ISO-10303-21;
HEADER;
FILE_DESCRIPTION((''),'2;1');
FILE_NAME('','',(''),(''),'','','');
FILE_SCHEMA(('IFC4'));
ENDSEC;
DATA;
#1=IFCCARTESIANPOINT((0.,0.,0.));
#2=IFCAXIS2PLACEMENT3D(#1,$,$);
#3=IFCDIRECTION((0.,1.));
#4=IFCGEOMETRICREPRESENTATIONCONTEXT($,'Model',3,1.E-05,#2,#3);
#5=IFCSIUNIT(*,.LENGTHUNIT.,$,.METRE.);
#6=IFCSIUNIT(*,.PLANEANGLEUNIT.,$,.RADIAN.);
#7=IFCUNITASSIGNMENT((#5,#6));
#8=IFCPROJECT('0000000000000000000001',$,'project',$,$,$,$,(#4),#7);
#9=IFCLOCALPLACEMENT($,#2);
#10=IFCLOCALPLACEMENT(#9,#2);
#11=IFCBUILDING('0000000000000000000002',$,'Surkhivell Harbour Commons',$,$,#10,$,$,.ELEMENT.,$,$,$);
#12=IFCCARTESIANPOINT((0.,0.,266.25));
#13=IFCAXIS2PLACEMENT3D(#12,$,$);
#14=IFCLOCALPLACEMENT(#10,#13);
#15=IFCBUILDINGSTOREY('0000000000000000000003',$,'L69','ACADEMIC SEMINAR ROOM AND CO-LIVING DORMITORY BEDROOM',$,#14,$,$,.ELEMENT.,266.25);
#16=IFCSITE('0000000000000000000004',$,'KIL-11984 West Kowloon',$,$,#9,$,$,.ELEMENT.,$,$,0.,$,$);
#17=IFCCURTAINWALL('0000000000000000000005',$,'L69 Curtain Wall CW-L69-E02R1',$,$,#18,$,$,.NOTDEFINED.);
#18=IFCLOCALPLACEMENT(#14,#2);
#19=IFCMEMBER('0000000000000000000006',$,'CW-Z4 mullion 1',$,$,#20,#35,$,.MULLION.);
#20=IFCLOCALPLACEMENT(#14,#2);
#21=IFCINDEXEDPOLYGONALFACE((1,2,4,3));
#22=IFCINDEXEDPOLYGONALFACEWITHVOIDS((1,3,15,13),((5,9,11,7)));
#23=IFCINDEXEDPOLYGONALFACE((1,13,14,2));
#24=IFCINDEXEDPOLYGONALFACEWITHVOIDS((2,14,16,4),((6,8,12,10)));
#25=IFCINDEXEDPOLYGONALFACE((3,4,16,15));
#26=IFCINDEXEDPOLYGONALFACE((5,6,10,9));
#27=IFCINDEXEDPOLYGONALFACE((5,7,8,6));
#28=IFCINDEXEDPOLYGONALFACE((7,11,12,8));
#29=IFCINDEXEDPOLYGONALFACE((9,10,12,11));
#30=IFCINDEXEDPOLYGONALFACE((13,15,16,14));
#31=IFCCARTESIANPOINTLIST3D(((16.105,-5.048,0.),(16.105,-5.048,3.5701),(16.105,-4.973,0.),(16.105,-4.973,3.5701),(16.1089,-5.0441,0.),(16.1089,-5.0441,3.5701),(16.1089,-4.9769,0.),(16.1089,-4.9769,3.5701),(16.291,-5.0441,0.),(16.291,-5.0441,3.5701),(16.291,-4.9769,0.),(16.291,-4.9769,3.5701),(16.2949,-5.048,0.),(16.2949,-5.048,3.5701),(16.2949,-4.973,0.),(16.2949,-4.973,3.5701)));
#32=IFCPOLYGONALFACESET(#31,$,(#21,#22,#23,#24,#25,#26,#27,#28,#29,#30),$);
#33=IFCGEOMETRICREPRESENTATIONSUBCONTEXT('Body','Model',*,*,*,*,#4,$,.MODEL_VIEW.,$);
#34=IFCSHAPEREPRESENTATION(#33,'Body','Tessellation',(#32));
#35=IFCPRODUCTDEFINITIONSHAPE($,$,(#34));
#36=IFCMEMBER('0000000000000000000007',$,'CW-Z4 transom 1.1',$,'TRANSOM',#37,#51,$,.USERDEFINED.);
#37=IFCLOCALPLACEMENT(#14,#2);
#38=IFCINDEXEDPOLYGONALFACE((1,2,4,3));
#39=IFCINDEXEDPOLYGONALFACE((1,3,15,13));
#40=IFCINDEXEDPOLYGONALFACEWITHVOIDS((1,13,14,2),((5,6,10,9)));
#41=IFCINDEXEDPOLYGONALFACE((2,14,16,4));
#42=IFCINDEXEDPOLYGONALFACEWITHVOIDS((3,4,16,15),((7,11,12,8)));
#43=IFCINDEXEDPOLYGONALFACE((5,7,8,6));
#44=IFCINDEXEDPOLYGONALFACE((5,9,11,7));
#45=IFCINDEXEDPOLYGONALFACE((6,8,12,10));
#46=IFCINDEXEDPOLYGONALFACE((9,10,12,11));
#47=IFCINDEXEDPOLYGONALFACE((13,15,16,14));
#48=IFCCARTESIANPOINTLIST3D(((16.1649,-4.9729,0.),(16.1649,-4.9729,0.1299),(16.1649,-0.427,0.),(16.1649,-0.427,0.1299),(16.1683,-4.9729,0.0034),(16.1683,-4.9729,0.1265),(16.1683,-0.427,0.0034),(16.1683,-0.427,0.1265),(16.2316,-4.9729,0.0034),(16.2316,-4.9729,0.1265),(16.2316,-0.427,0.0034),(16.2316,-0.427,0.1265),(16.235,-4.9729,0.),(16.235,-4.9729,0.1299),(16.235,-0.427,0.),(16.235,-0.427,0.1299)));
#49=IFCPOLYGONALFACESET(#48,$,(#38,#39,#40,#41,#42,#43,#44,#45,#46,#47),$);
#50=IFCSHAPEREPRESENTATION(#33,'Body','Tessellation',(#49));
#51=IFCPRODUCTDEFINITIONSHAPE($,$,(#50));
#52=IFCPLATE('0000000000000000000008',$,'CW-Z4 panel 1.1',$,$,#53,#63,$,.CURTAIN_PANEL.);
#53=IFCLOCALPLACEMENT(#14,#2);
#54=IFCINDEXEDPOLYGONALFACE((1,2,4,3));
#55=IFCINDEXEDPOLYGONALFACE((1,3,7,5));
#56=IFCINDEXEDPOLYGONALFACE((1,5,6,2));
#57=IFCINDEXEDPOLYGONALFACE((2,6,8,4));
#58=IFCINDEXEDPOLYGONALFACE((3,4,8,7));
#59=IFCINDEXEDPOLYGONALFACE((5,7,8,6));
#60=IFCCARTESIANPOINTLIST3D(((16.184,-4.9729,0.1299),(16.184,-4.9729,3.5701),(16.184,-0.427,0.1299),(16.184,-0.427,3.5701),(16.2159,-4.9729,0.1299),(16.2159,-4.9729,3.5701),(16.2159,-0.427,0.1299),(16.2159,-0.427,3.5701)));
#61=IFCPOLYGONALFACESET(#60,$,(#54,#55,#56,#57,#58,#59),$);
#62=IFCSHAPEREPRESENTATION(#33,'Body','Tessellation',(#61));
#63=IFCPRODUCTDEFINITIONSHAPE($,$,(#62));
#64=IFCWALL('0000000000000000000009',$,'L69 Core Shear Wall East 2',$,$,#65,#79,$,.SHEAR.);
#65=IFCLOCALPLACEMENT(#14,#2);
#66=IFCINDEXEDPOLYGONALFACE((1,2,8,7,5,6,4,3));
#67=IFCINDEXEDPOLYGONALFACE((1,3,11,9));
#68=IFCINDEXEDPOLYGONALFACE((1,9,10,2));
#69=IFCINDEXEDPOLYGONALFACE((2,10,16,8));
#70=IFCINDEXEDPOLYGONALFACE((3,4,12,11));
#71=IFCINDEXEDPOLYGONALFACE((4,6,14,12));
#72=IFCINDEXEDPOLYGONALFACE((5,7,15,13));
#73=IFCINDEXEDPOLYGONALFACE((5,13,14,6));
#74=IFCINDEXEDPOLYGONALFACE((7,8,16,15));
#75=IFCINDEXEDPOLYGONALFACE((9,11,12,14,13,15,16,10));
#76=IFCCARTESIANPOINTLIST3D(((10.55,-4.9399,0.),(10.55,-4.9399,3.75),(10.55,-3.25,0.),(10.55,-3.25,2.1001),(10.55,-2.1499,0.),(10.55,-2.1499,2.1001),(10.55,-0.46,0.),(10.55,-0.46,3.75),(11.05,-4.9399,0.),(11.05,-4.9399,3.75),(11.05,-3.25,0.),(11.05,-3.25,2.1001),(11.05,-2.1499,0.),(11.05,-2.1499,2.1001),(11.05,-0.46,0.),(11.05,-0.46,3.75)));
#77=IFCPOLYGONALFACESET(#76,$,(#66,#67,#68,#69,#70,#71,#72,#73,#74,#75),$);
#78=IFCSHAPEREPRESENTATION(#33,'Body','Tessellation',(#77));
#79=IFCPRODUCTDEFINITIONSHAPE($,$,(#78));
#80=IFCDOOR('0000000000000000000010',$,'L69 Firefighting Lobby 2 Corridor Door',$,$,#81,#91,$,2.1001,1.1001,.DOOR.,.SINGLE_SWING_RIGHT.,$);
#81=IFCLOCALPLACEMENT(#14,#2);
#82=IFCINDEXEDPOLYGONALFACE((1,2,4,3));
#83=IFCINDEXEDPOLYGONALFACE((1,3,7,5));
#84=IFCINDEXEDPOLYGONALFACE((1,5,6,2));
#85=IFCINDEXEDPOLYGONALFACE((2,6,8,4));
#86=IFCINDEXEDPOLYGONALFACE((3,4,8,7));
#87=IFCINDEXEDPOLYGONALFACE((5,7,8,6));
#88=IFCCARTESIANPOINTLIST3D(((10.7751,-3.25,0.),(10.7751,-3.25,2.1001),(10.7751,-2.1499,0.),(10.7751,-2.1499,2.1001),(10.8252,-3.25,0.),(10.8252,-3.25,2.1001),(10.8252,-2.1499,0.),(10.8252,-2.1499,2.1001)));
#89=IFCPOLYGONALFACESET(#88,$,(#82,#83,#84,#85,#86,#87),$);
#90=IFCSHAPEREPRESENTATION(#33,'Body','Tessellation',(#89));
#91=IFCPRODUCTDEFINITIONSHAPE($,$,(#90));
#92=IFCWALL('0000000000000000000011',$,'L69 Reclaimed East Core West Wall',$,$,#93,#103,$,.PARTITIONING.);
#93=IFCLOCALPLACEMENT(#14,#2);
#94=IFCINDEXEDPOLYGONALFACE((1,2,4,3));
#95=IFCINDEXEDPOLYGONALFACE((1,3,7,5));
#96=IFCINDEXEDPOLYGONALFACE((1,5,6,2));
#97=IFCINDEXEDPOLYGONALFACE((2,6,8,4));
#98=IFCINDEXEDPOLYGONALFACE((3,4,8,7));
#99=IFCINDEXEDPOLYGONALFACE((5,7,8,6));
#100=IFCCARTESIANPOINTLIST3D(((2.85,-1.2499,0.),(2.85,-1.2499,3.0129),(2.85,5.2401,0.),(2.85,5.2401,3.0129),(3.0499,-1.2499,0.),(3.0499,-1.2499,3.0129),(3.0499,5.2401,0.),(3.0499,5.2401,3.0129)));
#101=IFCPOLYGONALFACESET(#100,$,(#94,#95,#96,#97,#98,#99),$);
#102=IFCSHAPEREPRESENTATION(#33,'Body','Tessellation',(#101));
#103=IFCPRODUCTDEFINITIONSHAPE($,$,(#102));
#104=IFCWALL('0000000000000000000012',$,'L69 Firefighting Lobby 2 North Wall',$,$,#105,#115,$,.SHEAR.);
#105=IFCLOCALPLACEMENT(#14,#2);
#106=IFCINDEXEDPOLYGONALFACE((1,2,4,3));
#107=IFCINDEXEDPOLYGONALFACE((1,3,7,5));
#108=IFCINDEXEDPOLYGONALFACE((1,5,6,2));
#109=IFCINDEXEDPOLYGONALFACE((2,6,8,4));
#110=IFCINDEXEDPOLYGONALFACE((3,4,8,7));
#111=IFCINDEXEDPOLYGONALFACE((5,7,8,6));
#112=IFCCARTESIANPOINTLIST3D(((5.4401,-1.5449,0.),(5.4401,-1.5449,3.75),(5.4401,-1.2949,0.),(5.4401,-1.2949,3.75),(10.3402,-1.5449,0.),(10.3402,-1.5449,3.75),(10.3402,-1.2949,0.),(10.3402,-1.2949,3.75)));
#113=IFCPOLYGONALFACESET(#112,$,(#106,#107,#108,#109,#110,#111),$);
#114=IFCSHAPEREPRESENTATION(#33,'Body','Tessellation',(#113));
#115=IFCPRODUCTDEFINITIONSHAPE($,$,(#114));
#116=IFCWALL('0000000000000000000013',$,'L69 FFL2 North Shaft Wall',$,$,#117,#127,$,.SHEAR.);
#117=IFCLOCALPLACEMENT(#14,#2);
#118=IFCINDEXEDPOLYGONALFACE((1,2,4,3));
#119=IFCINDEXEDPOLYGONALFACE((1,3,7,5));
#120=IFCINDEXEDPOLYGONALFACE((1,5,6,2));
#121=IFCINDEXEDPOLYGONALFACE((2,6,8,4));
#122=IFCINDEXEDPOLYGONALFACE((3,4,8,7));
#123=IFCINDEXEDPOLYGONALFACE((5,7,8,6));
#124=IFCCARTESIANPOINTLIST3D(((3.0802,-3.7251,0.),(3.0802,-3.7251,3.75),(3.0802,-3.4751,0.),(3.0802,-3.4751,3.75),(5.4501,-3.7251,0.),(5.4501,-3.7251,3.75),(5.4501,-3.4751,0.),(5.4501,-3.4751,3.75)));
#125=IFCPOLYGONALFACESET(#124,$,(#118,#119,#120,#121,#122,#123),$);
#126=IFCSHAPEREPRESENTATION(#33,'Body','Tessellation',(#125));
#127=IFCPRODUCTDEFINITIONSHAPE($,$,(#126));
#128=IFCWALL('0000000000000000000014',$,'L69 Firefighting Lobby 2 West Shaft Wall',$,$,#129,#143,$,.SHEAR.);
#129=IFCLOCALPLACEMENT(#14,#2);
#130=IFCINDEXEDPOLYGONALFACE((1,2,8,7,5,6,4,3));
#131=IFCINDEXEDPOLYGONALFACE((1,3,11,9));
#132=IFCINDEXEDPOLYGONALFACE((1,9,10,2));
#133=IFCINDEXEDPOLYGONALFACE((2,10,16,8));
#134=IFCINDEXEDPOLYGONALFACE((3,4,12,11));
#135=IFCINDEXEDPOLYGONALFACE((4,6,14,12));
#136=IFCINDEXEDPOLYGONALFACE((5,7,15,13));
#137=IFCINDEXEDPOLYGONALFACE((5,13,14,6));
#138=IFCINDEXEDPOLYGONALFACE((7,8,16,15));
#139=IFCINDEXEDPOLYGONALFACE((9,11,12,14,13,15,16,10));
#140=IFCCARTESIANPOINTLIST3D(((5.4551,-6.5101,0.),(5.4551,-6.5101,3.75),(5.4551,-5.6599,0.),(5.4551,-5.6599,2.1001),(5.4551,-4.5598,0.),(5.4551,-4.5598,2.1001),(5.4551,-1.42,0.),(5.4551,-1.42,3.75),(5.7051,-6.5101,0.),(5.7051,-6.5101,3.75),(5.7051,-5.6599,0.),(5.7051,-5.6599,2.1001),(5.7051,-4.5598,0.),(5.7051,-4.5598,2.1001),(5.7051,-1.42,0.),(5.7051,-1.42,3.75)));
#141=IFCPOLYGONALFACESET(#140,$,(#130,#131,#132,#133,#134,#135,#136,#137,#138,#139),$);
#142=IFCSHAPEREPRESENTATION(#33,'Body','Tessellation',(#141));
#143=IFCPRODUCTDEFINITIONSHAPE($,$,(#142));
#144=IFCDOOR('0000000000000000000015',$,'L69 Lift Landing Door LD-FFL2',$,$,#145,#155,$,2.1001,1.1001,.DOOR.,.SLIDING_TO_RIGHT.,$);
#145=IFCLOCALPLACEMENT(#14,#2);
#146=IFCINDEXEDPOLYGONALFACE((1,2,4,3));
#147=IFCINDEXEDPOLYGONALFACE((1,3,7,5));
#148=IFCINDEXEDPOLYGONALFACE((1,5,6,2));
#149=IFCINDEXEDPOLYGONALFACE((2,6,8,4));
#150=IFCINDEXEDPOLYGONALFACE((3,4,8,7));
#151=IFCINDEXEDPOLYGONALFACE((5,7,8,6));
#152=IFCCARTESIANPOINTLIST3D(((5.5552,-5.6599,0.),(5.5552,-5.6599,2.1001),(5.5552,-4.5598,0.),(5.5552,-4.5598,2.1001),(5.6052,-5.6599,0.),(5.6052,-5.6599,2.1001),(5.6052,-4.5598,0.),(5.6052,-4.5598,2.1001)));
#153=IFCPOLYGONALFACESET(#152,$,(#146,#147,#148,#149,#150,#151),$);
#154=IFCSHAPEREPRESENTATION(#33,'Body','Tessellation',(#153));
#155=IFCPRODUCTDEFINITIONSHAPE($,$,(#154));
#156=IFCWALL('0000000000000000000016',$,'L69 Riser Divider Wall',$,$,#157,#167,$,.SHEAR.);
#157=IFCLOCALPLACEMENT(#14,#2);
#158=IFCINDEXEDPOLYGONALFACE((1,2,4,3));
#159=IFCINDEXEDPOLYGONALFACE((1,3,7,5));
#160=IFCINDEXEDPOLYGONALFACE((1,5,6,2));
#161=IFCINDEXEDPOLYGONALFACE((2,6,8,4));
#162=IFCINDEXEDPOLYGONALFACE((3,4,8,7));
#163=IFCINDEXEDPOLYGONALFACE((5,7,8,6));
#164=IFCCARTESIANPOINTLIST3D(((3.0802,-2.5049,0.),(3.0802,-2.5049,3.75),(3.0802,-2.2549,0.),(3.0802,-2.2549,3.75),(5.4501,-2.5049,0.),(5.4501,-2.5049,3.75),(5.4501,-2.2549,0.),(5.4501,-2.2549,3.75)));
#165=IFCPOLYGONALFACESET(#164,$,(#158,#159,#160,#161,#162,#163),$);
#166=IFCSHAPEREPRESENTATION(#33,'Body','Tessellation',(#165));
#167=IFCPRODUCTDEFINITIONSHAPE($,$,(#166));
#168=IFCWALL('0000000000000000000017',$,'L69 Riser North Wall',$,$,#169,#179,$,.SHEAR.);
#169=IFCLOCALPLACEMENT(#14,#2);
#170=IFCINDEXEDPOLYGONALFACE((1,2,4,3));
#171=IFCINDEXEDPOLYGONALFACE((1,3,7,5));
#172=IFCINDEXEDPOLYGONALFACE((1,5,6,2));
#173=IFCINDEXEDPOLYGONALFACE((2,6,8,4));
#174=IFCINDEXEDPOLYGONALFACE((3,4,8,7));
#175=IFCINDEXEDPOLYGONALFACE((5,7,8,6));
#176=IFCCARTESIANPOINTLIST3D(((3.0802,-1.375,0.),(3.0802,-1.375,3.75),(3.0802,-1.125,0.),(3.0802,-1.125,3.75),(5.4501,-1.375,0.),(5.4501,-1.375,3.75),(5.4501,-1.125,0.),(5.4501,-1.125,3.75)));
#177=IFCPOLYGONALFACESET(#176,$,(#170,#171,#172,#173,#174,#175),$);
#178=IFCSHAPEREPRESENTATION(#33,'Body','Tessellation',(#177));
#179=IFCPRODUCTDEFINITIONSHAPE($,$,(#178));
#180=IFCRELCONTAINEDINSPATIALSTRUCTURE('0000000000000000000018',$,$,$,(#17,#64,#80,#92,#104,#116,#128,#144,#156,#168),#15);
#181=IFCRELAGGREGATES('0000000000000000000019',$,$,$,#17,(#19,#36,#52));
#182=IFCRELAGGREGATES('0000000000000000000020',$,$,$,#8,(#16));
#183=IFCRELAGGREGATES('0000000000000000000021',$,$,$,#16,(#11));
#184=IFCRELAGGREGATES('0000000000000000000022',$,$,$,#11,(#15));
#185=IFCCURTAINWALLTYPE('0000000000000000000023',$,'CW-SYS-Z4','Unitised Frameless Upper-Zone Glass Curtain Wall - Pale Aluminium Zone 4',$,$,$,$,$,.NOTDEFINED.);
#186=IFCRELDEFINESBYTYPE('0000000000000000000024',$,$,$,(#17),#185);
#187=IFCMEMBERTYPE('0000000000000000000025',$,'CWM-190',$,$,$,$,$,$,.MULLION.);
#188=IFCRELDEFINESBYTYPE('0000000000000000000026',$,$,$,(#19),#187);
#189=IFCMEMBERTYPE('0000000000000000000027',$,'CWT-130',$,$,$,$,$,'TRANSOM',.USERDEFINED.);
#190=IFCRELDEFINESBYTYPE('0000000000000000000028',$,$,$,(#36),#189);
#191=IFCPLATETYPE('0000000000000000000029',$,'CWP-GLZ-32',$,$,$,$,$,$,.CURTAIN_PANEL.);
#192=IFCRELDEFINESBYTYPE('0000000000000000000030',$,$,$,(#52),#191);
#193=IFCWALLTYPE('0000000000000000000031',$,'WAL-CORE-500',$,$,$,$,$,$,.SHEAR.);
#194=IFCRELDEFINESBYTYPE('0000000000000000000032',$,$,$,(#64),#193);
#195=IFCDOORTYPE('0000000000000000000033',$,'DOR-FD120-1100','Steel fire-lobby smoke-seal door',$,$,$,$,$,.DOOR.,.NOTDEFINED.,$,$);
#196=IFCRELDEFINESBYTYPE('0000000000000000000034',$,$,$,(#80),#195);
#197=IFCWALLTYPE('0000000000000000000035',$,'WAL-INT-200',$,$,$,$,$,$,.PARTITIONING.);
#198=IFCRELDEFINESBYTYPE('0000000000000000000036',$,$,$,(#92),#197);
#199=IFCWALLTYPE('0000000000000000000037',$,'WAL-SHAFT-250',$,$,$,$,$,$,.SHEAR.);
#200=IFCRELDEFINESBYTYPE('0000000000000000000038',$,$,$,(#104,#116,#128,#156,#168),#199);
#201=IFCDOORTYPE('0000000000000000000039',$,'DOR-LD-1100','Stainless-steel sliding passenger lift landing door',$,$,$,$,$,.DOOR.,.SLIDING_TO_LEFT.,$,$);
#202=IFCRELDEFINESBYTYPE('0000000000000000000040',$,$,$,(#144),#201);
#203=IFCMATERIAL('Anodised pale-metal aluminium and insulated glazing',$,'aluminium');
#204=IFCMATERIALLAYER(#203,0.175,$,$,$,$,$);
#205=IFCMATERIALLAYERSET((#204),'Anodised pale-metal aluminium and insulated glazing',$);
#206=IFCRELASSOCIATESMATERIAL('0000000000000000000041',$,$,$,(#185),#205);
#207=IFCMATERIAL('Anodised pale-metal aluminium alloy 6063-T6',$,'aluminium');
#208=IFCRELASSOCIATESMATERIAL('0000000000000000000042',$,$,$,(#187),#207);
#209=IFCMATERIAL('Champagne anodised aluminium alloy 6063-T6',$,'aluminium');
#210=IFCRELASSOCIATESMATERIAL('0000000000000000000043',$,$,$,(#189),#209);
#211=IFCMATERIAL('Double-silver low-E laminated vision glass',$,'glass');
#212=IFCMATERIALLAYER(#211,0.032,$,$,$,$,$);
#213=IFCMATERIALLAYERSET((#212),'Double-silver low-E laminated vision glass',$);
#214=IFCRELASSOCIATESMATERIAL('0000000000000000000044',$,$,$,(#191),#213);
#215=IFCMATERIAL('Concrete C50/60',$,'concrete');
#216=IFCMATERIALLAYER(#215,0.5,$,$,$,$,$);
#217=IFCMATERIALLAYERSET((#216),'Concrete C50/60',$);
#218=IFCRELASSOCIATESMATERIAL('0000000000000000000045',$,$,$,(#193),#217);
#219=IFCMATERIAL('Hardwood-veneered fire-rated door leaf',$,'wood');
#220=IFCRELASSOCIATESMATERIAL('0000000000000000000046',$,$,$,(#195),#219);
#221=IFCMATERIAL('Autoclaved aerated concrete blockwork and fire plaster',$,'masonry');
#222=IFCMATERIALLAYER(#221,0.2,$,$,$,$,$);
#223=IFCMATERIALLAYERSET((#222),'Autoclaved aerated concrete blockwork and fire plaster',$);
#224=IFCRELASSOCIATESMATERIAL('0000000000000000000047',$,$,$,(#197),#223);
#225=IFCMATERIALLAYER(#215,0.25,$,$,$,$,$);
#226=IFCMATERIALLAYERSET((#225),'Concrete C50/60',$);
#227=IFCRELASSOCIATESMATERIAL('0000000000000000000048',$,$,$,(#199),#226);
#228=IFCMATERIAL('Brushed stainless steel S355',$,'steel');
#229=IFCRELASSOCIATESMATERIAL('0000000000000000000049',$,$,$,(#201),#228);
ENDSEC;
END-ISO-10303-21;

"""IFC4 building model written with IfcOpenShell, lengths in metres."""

from ifc_helpers import new_model, si_unit, direction, frame, frame_2d, origin, origin_2d, place, context, subcontext, project, spatial, rectangle, hollow_rectangle, extrude, material, layer, layer_set, material_profile, profile_set, type_object, element, fill, aggregate, save


model = new_model("IFC4")

# Units and contexts
model_context = context("Model", 3, precision=1e-05, world=origin(), true_north=direction((0.0, 1.0)))
body_context = subcontext(model_context, "Body", "Model", "MODEL_VIEW")
ifc_project = project(units=[si_unit("LENGTHUNIT", "METRE"), si_unit("PLANEANGLEUNIT", "RADIAN")], contexts=[model_context])

# Site, building, storey
site_placement = place(None, origin())
site = spatial("IfcSite", under=ifc_project, at=site_placement, Name="KIL-11984 West Kowloon", CompositionType="ELEMENT", RefElevation=0.0)
building_placement = place(site_placement, origin())
building = spatial("IfcBuilding", under=site, at=building_placement, Name="Surkhivell Harbour Commons", CompositionType="ELEMENT")
storey_placement = place(building_placement, frame((0.0, 0.0, 266.25)))
storey = spatial("IfcBuildingStorey", under=building, at=storey_placement, Name="L69", Description="ACADEMIC SEMINAR ROOM AND CO-LIVING DORMITORY BEDROOM", CompositionType="ELEMENT", Elevation=266.25)

# Shared definitions
ifc_material_1 = material(Name="Concrete C50/60", Category="concrete")

# Shared definitions
ifc_material_2 = material(Name="Anodised pale-metal aluminium and insulated glazing", Category="aluminium")
ifc_layer_1 = layer(ifc_material_2, 0.175)
ifc_layer_set_1 = layer_set([ifc_layer_1], Name="Anodised pale-metal aluminium and insulated glazing")
curtain_wall_type = type_object("IfcCurtainWallType", Name="CW-SYS-Z4", Description="Unitised Frameless Upper-Zone Glass Curtain Wall - Pale Aluminium Zone 4", PredefinedType="NOTDEFINED", material=ifc_layer_set_1)
ifc_material_3 = material(Name="Anodised pale-metal aluminium alloy 6063-T6", Category="aluminium")
ifc_material_profile_1 = material_profile(ifc_material_3, hollow_rectangle(XDim=0.075, YDim=0.1899, WallThickness=0.0039, at=origin_2d()), Name="ALU-MULL-75x190")
ifc_profile_set_1 = profile_set([ifc_material_profile_1], Name="Anodised pale-metal aluminium alloy 6063-T6")
member_type_1 = type_object("IfcMemberType", Name="CWM-190", PredefinedType="MULLION", material=ifc_profile_set_1)

# Curtain wall, members, plate
curtain_wall_1_placement = place(storey_placement, origin())
curtain_wall_1 = element("IfcCurtainWall", 1, at=curtain_wall_1_placement, inside=storey, type_object=curtain_wall_type, Name="L69 Curtain Wall CW-L69-E02R1", PredefinedType="NOTDEFINED")
member_1_placement = place(storey_placement, frame((16.2, -5.0105, 0.0), z_axis=(0.0, 0.0, 1.0), x_axis=(0.0, 1.0, 0.0)))
member_1 = element("IfcMember", 2, at=member_1_placement, type_object=member_type_1, Name="CW-Z4 mullion 1", PredefinedType="MULLION", context=body_context, shape_type="SweptSolid", body=[
    extrude(hollow_rectangle(XDim=0.075, YDim=0.1899, WallThickness=0.0039, at=origin_2d()), origin(), (0.0, 0.0, 1.0), 3.5701),
])
ifc_material_4 = material(Name="Champagne anodised aluminium alloy 6063-T6", Category="aluminium")
ifc_material_profile_2 = material_profile(ifc_material_4, hollow_rectangle(XDim=0.0701, YDim=0.1299, WallThickness=0.0034, at=origin_2d()), Name="ALU-TRAN-70x130")
ifc_profile_set_2 = profile_set([ifc_material_profile_2], Name="Champagne anodised aluminium alloy 6063-T6")
member_type_2 = type_object("IfcMemberType", Name="CWT-130", ElementType="TRANSOM", PredefinedType="USERDEFINED", material=ifc_profile_set_2)
member_2_placement = place(storey_placement, frame((16.2, -4.9729, 0.0649), z_axis=(0.0, 1.0, 0.0), x_axis=(-1.0, 0.0, 0.0)))
member_2 = element("IfcMember", 3, at=member_2_placement, type_object=member_type_2, Name="CW-Z4 transom 1.1", ObjectType="TRANSOM", PredefinedType="USERDEFINED", context=body_context, shape_type="SweptSolid", body=[
    extrude(hollow_rectangle(XDim=0.0701, YDim=0.1299, WallThickness=0.0034, at=origin_2d()), origin(), (0.0, 0.0, 1.0), 4.5459),
])
ifc_material_5 = material(Name="Double-silver low-E laminated vision glass", Category="glass")
ifc_layer_2 = layer(ifc_material_5, 0.032)
ifc_layer_set_2 = layer_set([ifc_layer_2], Name="Double-silver low-E laminated vision glass")
plate_type = type_object("IfcPlateType", Name="CWP-GLZ-32", PredefinedType="CURTAIN_PANEL", material=ifc_layer_set_2)
plate_placement = place(storey_placement, frame((16.2, -4.9729, 0.1299), z_axis=(0.0, 0.0, 1.0), x_axis=(0.0, 1.0, 0.0)))
plate = element("IfcPlate", 4, at=plate_placement, type_object=plate_type, Name="CW-Z4 panel 1.1", PredefinedType="CURTAIN_PANEL", context=body_context, shape_type="SweptSolid", body=[
    extrude(rectangle(XDim=4.5459, YDim=0.032, at=frame_2d((2.2729, 0.0))), origin(), (0.0, 0.0, 1.0), 3.4402),
])
aggregate(curtain_wall_1, [member_1, member_2, plate])

# Wall, opening, door
ifc_layer_3 = layer(ifc_material_1, 0.5)
ifc_layer_set_3 = layer_set([ifc_layer_3], Name="Concrete C50/60")
wall_type_1 = type_object("IfcWallType", Name="WAL-CORE-500", PredefinedType="SHEAR", material=ifc_layer_set_3)
wall_1_placement = place(storey_placement, frame((10.8, -4.9399, 0.0), z_axis=(0.0, 0.0, 1.0), x_axis=(0.0, 1.0, 0.0)))
wall_1 = element("IfcWall", 5, at=wall_1_placement, inside=storey, type_object=wall_type_1, Name="L69 Core Shear Wall East 2", PredefinedType="SHEAR", context=body_context, shape_type="SweptSolid", body=[
    extrude(rectangle(XDim=4.48, YDim=0.5, at=frame_2d((2.24, 0.0))), origin(), (0.0, 0.0, 1.0), 3.75),
])
opening_1_placement = place(wall_1_placement, frame((1.6899, 0.0, 0.0)))
opening_1 = element("IfcOpeningElement", 6, at=opening_1_placement, cuts=wall_1, PredefinedType="OPENING", context=body_context, shape_type="SweptSolid", body=[
    extrude(rectangle(XDim=1.1001, YDim=2.1001, at=frame_2d((0.55, 1.05))), frame((0.0, 0.26, 0.0), z_axis=(0.0, -1.0, 0.0), x_axis=(1.0, 0.0, 0.0)), (0.0, 0.0, 1.0), 0.52),
])
ifc_material_6 = material(Name="Hardwood-veneered fire-rated door leaf", Category="wood")
door_type_1 = type_object("IfcDoorType", Name="DOR-FD120-1100", Description="Steel fire-lobby smoke-seal door", OperationType="NOTDEFINED", PredefinedType="DOOR", material=ifc_material_6)
door_1_placement = place(opening_1_placement, origin())
door_1 = element("IfcDoor", 7, at=door_1_placement, inside=storey, type_object=door_type_1, Name="L69 Firefighting Lobby 2 Corridor Door", OperationType="SINGLE_SWING_RIGHT", OverallHeight=2.1001, OverallWidth=1.1001, PredefinedType="DOOR", context=body_context, shape_type="SweptSolid", body=[
    extrude(rectangle(XDim=1.1001, YDim=2.1001, at=frame_2d((0.55, 1.05))), frame((0.0, 0.0249, 0.0), z_axis=(0.0, -1.0, 0.0), x_axis=(1.0, 0.0, 0.0)), (0.0, 0.0, 1.0), 0.05),
])
fill(opening_1, door_1)

# Walls
ifc_material_7 = material(Name="Autoclaved aerated concrete blockwork and fire plaster", Category="masonry")
ifc_layer_4 = layer(ifc_material_7, 0.2)
ifc_layer_set_4 = layer_set([ifc_layer_4], Name="Autoclaved aerated concrete blockwork and fire plaster")
wall_type_2 = type_object("IfcWallType", Name="WAL-INT-200", PredefinedType="PARTITIONING", material=ifc_layer_set_4)
wall_2_placement = place(storey_placement, frame((2.95, -1.25, 0.0), z_axis=(0.0, 0.0, 1.0), x_axis=(0.0, 1.0, 0.0)))
element("IfcWall", 8, at=wall_2_placement, inside=storey, type_object=wall_type_2, Name="L69 Reclaimed East Core West Wall", PredefinedType="PARTITIONING", context=body_context, shape_type="SweptSolid", body=[
    extrude(rectangle(XDim=6.49, YDim=0.2, at=frame_2d((3.2451, 0.0))), origin(), (0.0, 0.0, 1.0), 3.0129),
])
ifc_layer_5 = layer(ifc_material_1, 0.25)
ifc_layer_set_5 = layer_set([ifc_layer_5], Name="Concrete C50/60")
wall_type_3 = type_object("IfcWallType", Name="WAL-SHAFT-250", PredefinedType="SHEAR", material=ifc_layer_set_5)
wall_3_placement = place(storey_placement, frame((5.4399, -1.4199, 0.0), z_axis=(0.0, 0.0, 1.0), x_axis=(1.0, 0.0, 0.0)))
element("IfcWall", 9, at=wall_3_placement, inside=storey, type_object=wall_type_3, Name="L69 Firefighting Lobby 2 North Wall", PredefinedType="SHEAR", context=body_context, shape_type="SweptSolid", body=[
    extrude(rectangle(XDim=4.9001, YDim=0.25, at=frame_2d((2.4502, 0.0))), origin(), (0.0, 0.0, 1.0), 3.75),
])
wall_4_placement = place(storey_placement, frame((3.0801, -3.6001, 0.0), z_axis=(0.0, 0.0, 1.0), x_axis=(1.0, 0.0, 0.0)))
element("IfcWall", 10, at=wall_4_placement, inside=storey, type_object=wall_type_3, Name="L69 FFL2 North Shaft Wall", PredefinedType="SHEAR", context=body_context, shape_type="SweptSolid", body=[
    extrude(rectangle(XDim=2.3699, YDim=0.25, at=frame_2d((1.1851, 0.0))), origin(), (0.0, 0.0, 1.0), 3.75),
])

# Wall, opening, door
wall_5_placement = place(storey_placement, frame((5.5801, -6.51, 0.0), z_axis=(0.0, 0.0, 1.0), x_axis=(0.0, 1.0, 0.0)))
wall_5 = element("IfcWall", 11, at=wall_5_placement, inside=storey, type_object=wall_type_3, Name="L69 Firefighting Lobby 2 West Shaft Wall", PredefinedType="SHEAR", context=body_context, shape_type="SweptSolid", body=[
    extrude(rectangle(XDim=5.0901, YDim=0.25, at=frame_2d((2.5449, 0.0))), origin(), (0.0, 0.0, 1.0), 3.75),
])
opening_2_placement = place(wall_5_placement, frame((0.8501, 0.0, 0.0)))
opening_2 = element("IfcOpeningElement", 12, at=opening_2_placement, cuts=wall_5, PredefinedType="OPENING", context=body_context, shape_type="SweptSolid", body=[
    extrude(rectangle(XDim=1.1001, YDim=2.1001, at=frame_2d((0.55, 1.05))), frame((0.0, 0.135, 0.0), z_axis=(0.0, -1.0, 0.0), x_axis=(1.0, 0.0, 0.0)), (0.0, 0.0, 1.0), 0.27),
])
ifc_material_8 = material(Name="Brushed stainless steel S355", Category="steel")
door_type_2 = type_object("IfcDoorType", Name="DOR-LD-1100", Description="Stainless-steel sliding passenger lift landing door", OperationType="SLIDING_TO_LEFT", PredefinedType="DOOR", material=ifc_material_8)
door_2_placement = place(opening_2_placement, origin())
door_2 = element("IfcDoor", 13, at=door_2_placement, inside=storey, type_object=door_type_2, Name="L69 Lift Landing Door LD-FFL2", OperationType="SLIDING_TO_RIGHT", OverallHeight=2.1001, OverallWidth=1.1001, PredefinedType="DOOR", context=body_context, shape_type="SweptSolid", body=[
    extrude(rectangle(XDim=1.1001, YDim=2.1001, at=frame_2d((0.55, 1.05))), frame((0.0, 0.0249, 0.0), z_axis=(0.0, -1.0, 0.0), x_axis=(1.0, 0.0, 0.0)), (0.0, 0.0, 1.0), 0.05),
])
fill(opening_2, door_2)

# Walls
for number, where, z_axis, x_axis, name in (
    (14, (3.0801, -2.3799, 0.0), (0.0, 0.0, 1.0), (1.0, 0.0, 0.0), "L69 Riser Divider Wall"),
    (15, (3.0801, -1.25, 0.0), (0.0, 0.0, 1.0), (1.0, 0.0, 0.0), "L69 Riser North Wall"),
):
    element("IfcWall", number, at=place(storey_placement, frame(where, z_axis=z_axis, x_axis=x_axis)), inside=storey, type_object=wall_type_3, Name=name, PredefinedType="SHEAR", context=body_context, shape_type="SweptSolid", body=[
        extrude(rectangle(XDim=2.3699, YDim=0.25, at=frame_2d((1.1851, 0.0))), origin(), (0.0, 0.0, 1.0), 3.75),
    ])

save(model, "model.ifc")
